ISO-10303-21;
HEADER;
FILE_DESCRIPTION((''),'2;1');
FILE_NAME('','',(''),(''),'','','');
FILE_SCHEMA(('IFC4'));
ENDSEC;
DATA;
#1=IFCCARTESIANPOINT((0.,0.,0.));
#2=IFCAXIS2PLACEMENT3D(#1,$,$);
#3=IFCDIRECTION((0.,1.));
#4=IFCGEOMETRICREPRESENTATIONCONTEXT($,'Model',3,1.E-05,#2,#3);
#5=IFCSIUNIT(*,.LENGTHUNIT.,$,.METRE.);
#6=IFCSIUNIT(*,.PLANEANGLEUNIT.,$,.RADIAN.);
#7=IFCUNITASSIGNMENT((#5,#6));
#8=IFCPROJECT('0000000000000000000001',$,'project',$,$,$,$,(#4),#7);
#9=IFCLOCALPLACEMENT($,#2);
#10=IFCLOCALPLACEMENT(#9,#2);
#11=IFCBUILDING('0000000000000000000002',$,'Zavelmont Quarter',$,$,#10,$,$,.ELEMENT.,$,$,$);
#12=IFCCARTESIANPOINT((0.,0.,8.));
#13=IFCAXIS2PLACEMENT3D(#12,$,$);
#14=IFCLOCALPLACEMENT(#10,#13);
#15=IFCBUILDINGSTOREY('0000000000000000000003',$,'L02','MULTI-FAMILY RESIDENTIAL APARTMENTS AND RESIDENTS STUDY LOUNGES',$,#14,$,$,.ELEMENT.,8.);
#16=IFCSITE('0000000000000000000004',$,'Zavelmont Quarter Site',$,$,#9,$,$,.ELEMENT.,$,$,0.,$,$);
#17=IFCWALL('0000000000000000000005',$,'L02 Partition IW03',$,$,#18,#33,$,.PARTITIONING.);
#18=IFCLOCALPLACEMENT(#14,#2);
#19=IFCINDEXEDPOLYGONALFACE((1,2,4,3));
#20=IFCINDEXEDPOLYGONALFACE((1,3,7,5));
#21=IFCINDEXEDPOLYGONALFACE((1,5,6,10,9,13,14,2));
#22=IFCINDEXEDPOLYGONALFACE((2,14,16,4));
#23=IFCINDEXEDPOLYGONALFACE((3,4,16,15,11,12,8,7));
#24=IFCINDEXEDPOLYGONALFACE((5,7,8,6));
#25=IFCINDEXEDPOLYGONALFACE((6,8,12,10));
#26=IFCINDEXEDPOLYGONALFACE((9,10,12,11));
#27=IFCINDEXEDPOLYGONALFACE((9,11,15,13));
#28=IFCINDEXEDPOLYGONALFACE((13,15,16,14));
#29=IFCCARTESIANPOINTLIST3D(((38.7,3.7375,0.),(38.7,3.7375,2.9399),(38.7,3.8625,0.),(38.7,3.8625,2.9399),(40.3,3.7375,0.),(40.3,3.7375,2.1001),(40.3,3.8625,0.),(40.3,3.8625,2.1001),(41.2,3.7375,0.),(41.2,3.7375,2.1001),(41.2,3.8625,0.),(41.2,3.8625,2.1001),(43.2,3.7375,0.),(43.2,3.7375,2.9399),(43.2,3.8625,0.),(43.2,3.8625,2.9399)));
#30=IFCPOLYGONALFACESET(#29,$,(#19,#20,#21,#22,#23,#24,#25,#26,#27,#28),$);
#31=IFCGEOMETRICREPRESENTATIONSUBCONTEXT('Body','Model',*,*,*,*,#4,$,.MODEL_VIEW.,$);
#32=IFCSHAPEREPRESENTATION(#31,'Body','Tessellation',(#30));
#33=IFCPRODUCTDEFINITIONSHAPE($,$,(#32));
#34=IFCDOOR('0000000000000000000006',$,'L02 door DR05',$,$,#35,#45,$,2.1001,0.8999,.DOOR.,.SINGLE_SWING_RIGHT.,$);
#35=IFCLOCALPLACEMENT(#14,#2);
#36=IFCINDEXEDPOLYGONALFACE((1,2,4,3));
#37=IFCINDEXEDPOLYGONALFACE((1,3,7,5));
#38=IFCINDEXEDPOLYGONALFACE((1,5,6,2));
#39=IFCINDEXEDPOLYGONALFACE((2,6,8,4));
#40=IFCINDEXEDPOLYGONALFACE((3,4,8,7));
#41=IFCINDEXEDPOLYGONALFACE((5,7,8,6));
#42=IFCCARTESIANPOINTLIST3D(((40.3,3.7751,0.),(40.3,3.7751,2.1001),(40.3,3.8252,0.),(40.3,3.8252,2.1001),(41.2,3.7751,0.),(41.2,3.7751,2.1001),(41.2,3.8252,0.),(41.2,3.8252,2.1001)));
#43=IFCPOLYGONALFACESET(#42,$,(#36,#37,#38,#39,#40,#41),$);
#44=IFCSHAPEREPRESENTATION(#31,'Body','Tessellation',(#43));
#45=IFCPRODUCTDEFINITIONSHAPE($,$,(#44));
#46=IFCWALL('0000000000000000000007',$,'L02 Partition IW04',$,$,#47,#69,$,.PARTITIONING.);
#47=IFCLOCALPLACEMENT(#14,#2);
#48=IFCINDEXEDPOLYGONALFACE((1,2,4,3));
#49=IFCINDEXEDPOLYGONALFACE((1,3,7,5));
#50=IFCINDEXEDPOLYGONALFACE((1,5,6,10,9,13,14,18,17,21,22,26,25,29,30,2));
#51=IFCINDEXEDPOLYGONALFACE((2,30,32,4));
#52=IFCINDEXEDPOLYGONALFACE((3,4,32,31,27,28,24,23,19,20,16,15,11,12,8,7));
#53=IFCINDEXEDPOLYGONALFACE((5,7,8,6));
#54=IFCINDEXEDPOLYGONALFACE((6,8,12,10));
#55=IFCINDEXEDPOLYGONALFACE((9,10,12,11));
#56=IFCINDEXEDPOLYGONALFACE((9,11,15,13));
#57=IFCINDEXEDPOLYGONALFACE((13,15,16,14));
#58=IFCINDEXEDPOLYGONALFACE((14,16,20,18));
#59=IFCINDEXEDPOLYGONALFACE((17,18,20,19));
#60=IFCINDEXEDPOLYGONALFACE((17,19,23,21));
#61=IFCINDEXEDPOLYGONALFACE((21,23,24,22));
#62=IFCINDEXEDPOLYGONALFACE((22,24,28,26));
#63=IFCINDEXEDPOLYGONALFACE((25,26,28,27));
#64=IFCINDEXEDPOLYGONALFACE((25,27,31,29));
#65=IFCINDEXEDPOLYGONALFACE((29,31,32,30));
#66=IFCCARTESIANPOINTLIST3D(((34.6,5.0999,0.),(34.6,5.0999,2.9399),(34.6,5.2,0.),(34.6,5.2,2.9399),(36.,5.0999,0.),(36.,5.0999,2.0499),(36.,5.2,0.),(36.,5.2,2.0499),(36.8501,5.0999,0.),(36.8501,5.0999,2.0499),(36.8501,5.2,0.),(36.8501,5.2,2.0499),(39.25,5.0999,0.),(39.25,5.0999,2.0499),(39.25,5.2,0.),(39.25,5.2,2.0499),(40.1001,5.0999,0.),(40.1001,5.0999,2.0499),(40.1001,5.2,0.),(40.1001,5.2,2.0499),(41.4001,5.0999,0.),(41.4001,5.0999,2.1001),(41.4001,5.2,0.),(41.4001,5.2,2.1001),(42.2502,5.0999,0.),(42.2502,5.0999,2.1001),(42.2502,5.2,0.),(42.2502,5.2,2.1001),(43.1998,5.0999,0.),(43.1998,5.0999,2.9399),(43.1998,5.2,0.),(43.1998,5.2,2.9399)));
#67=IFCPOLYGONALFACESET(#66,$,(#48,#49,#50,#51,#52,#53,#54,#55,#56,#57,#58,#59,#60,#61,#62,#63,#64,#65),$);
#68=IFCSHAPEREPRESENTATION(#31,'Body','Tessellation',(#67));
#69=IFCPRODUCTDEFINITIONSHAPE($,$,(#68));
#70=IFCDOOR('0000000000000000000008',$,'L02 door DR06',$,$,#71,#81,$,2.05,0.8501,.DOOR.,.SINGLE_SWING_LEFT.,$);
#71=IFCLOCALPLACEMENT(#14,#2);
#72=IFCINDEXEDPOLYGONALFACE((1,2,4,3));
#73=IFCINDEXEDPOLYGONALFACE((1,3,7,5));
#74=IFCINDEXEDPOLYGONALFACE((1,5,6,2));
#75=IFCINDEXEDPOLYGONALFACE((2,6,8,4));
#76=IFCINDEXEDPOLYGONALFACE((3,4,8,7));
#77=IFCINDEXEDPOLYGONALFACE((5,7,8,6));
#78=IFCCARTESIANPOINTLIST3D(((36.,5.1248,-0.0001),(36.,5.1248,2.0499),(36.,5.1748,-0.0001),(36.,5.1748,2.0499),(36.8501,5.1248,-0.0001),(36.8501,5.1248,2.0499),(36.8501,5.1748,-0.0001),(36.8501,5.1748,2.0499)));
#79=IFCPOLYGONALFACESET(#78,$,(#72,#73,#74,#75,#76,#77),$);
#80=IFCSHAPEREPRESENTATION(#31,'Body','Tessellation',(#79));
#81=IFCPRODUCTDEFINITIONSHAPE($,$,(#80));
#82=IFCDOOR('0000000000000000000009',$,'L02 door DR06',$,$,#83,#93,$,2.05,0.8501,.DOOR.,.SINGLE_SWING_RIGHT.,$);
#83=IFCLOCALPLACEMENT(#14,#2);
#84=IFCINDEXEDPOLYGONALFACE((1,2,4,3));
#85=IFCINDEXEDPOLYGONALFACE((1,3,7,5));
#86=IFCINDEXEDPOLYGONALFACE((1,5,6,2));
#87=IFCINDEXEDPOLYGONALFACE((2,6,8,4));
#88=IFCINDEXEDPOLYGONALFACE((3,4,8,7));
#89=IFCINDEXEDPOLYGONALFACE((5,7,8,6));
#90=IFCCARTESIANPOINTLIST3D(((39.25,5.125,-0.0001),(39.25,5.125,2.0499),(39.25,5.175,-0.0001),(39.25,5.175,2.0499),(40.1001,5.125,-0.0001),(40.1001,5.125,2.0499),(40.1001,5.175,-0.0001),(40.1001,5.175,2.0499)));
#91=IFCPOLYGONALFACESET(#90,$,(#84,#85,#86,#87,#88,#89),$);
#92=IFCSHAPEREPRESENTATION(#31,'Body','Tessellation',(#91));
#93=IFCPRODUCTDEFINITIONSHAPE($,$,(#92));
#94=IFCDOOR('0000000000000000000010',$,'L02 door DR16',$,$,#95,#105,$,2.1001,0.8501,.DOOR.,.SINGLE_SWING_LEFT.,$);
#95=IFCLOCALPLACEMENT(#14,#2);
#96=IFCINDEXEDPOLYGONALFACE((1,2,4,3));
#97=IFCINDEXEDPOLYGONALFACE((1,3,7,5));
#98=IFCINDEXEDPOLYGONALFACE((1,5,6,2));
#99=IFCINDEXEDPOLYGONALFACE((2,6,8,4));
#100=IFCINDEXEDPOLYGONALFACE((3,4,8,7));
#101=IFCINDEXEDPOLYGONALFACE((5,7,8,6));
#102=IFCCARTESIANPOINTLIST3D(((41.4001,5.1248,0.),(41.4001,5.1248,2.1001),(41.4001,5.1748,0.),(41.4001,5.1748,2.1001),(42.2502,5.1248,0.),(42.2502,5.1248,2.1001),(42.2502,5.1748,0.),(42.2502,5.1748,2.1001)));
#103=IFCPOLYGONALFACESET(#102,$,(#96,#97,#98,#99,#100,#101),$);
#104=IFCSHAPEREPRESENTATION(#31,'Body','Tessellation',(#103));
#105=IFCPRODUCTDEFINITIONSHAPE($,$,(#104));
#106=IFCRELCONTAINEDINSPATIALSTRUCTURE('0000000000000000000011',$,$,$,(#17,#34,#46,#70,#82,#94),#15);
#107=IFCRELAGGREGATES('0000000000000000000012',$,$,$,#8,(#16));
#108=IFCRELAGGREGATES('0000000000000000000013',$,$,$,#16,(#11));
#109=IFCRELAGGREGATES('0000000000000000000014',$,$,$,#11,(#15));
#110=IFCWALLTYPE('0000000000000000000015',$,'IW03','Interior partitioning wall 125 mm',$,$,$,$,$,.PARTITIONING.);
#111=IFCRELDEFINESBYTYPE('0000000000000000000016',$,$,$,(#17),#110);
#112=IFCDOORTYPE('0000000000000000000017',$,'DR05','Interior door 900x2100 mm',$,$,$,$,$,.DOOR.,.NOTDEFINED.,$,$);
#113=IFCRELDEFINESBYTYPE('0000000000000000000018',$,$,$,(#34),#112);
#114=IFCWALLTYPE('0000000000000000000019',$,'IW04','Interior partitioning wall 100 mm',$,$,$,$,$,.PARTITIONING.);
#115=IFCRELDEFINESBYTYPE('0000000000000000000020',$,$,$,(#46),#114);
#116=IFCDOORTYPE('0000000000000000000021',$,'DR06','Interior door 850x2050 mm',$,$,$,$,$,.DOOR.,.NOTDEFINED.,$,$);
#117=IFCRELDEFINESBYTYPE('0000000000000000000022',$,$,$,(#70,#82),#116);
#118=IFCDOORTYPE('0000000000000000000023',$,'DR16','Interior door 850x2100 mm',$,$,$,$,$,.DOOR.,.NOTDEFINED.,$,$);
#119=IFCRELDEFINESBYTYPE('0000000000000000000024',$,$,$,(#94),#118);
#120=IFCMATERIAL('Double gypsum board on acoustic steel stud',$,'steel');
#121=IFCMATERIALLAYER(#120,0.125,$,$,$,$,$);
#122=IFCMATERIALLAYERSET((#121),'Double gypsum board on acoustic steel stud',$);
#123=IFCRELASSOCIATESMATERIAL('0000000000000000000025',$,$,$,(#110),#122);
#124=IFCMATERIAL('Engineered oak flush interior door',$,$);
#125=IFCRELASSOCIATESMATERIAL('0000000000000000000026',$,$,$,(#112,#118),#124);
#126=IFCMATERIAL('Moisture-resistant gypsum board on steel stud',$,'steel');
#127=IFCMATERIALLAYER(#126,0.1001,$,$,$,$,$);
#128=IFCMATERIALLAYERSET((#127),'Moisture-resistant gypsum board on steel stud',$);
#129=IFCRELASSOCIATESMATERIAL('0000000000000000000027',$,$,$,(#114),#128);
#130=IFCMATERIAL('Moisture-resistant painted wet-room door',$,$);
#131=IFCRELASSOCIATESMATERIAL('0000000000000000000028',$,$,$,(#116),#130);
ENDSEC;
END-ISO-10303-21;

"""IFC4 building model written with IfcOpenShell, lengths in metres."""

from ifc_helpers import new_model, si_unit, direction, frame, frame_2d, origin, origin_with_axes, place, context, subcontext, project, spatial, rectangle, extrude, material, layer, layer_set, type_object, element, fill, save


model = new_model("IFC4")

# Units and contexts
model_context = context("Model", 3, precision=1e-05, world=origin(), true_north=direction((0.0, 1.0)))
body_context = subcontext(model_context, "Body", "Model", "MODEL_VIEW")
ifc_project = project(units=[si_unit("LENGTHUNIT", "METRE"), si_unit("PLANEANGLEUNIT", "RADIAN")], contexts=[model_context])

# Site, building, storey
site_placement = place(None, origin())
site = spatial("IfcSite", under=ifc_project, at=site_placement, Name="Zavelmont Quarter Site", CompositionType="ELEMENT", RefElevation=0.0)
building_placement = place(site_placement, origin())
building = spatial("IfcBuilding", under=site, at=building_placement, Name="Zavelmont Quarter", CompositionType="ELEMENT")
storey_placement = place(building_placement, frame((0.0, 0.0, 8.0)))
storey = spatial("IfcBuildingStorey", under=building, at=storey_placement, Name="L02", Description="MULTI-FAMILY RESIDENTIAL APARTMENTS AND RESIDENTS STUDY LOUNGES", CompositionType="ELEMENT", Elevation=8.0)

# Shared definitions
ifc_material_1 = material(Name="Double gypsum board on acoustic steel stud", Category="steel")
ifc_layer_1 = layer(ifc_material_1, 0.125)
ifc_layer_set_1 = layer_set([ifc_layer_1], Name="Double gypsum board on acoustic steel stud")
wall_type_1 = type_object("IfcWallType", Name="IW03", Description="Interior partitioning wall 125 mm", PredefinedType="PARTITIONING", material=ifc_layer_set_1)

# Wall, opening, door
wall_1_placement = place(storey_placement, frame((38.7, 3.8, 0.0), z_axis=(0.0, 0.0, 1.0), x_axis=(1.0, 0.0, 0.0)))
wall_1 = element("IfcWall", 1, at=wall_1_placement, inside=storey, type_object=wall_type_1, Name="L02 Partition IW03", PredefinedType="PARTITIONING", context=body_context, shape_type="SweptSolid", body=[
    extrude(rectangle(XDim=4.5, YDim=0.125, at=frame_2d((2.25, 0.0))), origin(), (0.0, 0.0, 1.0), 2.9399),
])
opening_1_placement = place(wall_1_placement, frame((1.6001, 0.0, 0.0)))
opening_1 = element("IfcOpeningElement", 2, at=opening_1_placement, cuts=wall_1, PredefinedType="OPENING", context=body_context, shape_type="SweptSolid", body=[
    extrude(rectangle(XDim=0.8999, YDim=2.1001, at=frame_2d((0.45, 1.05))), frame((0.0, 0.0745, 0.0), z_axis=(0.0, -1.0, 0.0), x_axis=(1.0, 0.0, 0.0)), (0.0, 0.0, 1.0), 0.1489),
])
ifc_material_2 = material(Name="Engineered oak flush interior door")
door_type_1 = type_object("IfcDoorType", Name="DR05", Description="Interior door 900x2100 mm", OperationType="NOTDEFINED", PredefinedType="DOOR", material=ifc_material_2)
door_1_placement = place(opening_1_placement, frame((0.8999, 0.0, 0.0), z_axis=(0.0, 0.0, 1.0), x_axis=(-1.0, 0.0, 0.0)))
door_1 = element("IfcDoor", 3, at=door_1_placement, inside=storey, type_object=door_type_1, Name="L02 door DR05", OperationType="SINGLE_SWING_RIGHT", OverallHeight=2.1001, OverallWidth=0.8999, PredefinedType="DOOR", context=body_context, shape_type="SweptSolid", body=[
    extrude(rectangle(XDim=0.8999, YDim=2.1001, at=frame_2d((0.45, 1.05))), frame((0.0, 0.0249, 0.0), z_axis=(0.0, -1.0, 0.0), x_axis=(1.0, 0.0, 0.0)), (0.0, 0.0, 1.0), 0.05),
])
fill(opening_1, door_1)

# Wall, openings, doors
ifc_material_3 = material(Name="Moisture-resistant gypsum board on steel stud", Category="steel")
ifc_layer_2 = layer(ifc_material_3, 0.1001)
ifc_layer_set_2 = layer_set([ifc_layer_2], Name="Moisture-resistant gypsum board on steel stud")
wall_type_2 = type_object("IfcWallType", Name="IW04", Description="Interior partitioning wall 100 mm", PredefinedType="PARTITIONING", material=ifc_layer_set_2)
wall_2_placement = place(storey_placement, frame((34.6001, 5.1499, 0.0), z_axis=(0.0, 0.0, 1.0), x_axis=(1.0, 0.0, 0.0)))
wall_2 = element("IfcWall", 4, at=wall_2_placement, inside=storey, type_object=wall_type_2, Name="L02 Partition IW04", PredefinedType="PARTITIONING", context=body_context, shape_type="SweptSolid", body=[
    extrude(rectangle(XDim=8.5999, YDim=0.1001, at=frame_2d((4.2998, 0.0))), origin(), (0.0, 0.0, 1.0), 2.9399),
])
opening_2_placement = place(wall_2_placement, frame((1.3999, 0.0, 0.0)))
opening_2 = element("IfcOpeningElement", 5, at=opening_2_placement, cuts=wall_2, PredefinedType="OPENING", context=body_context, shape_type="SweptSolid", body=[
    extrude(rectangle(XDim=0.8501, YDim=2.05, at=frame_2d((0.425, 1.0249))), frame((0.0, 0.062, 0.0), z_axis=(0.0, -1.0, 0.0), x_axis=(1.0, 0.0, 0.0)), (0.0, 0.0, 1.0), 0.124),
])
opening_3_placement = place(wall_2_placement, frame((4.6499, 0.0, 0.0)))
opening_3 = element("IfcOpeningElement", 6, at=opening_3_placement, cuts=wall_2, PredefinedType="OPENING", context=body_context, shape_type="SweptSolid", body=[
    extrude(rectangle(XDim=0.8501, YDim=2.05, at=frame_2d((0.425, 1.0249))), frame((0.0, 0.062, 0.0), z_axis=(0.0, -1.0, 0.0), x_axis=(1.0, 0.0, 0.0)), (0.0, 0.0, 1.0), 0.124),
])
opening_4_placement = place(wall_2_placement, frame((6.8, 0.0, 0.0)))
opening_4 = element("IfcOpeningElement", 7, at=opening_4_placement, cuts=wall_2, PredefinedType="OPENING", context=body_context, shape_type="SweptSolid", body=[
    extrude(rectangle(XDim=0.8501, YDim=2.1001, at=frame_2d((0.425, 1.05))), frame((0.0, 0.062, 0.0), z_axis=(0.0, -1.0, 0.0), x_axis=(1.0, 0.0, 0.0)), (0.0, 0.0, 1.0), 0.124),
])
ifc_material_4 = material(Name="Moisture-resistant painted wet-room door")
door_type_2 = type_object("IfcDoorType", Name="DR06", Description="Interior door 850x2050 mm", OperationType="NOTDEFINED", PredefinedType="DOOR", material=ifc_material_4)
door_2_placement = place(opening_2_placement, origin_with_axes())
door_2 = element("IfcDoor", 8, at=door_2_placement, inside=storey, type_object=door_type_2, Name="L02 door DR06", OperationType="SINGLE_SWING_LEFT", OverallHeight=2.05, OverallWidth=0.8501, PredefinedType="DOOR", context=body_context, shape_type="SweptSolid", body=[
    extrude(rectangle(XDim=0.8501, YDim=2.05, at=frame_2d((0.425, 1.0249))), frame((0.0, 0.0249, 0.0), z_axis=(0.0, -1.0, 0.0), x_axis=(1.0, 0.0, 0.0)), (0.0, 0.0, 1.0), 0.05),
])
fill(opening_2, door_2)
door_3_placement = place(opening_3_placement, frame((0.8501, 0.0, 0.0), z_axis=(0.0, 0.0, 1.0), x_axis=(-1.0, 0.0, 0.0)))
door_3 = element("IfcDoor", 9, at=door_3_placement, inside=storey, type_object=door_type_2, Name="L02 door DR06", OperationType="SINGLE_SWING_RIGHT", OverallHeight=2.05, OverallWidth=0.8501, PredefinedType="DOOR", context=body_context, shape_type="SweptSolid", body=[
    extrude(rectangle(XDim=0.8501, YDim=2.05, at=frame_2d((0.425, 1.0249))), frame((0.0, 0.0249, 0.0), z_axis=(0.0, -1.0, 0.0), x_axis=(1.0, 0.0, 0.0)), (0.0, 0.0, 1.0), 0.05),
])
fill(opening_3, door_3)
door_type_3 = type_object("IfcDoorType", Name="DR16", Description="Interior door 850x2100 mm", OperationType="NOTDEFINED", PredefinedType="DOOR", material=ifc_material_2)
door_4_placement = place(opening_4_placement, origin_with_axes())
door_4 = element("IfcDoor", 10, at=door_4_placement, inside=storey, type_object=door_type_3, Name="L02 door DR16", OperationType="SINGLE_SWING_LEFT", OverallHeight=2.1001, OverallWidth=0.8501, PredefinedType="DOOR", context=body_context, shape_type="SweptSolid", body=[
    extrude(rectangle(XDim=0.8501, YDim=2.1001, at=frame_2d((0.425, 1.05))), frame((0.0, 0.0249, 0.0), z_axis=(0.0, -1.0, 0.0), x_axis=(1.0, 0.0, 0.0)), (0.0, 0.0, 1.0), 0.05),
])
fill(opening_4, door_4)

save(model, "model.ifc")
